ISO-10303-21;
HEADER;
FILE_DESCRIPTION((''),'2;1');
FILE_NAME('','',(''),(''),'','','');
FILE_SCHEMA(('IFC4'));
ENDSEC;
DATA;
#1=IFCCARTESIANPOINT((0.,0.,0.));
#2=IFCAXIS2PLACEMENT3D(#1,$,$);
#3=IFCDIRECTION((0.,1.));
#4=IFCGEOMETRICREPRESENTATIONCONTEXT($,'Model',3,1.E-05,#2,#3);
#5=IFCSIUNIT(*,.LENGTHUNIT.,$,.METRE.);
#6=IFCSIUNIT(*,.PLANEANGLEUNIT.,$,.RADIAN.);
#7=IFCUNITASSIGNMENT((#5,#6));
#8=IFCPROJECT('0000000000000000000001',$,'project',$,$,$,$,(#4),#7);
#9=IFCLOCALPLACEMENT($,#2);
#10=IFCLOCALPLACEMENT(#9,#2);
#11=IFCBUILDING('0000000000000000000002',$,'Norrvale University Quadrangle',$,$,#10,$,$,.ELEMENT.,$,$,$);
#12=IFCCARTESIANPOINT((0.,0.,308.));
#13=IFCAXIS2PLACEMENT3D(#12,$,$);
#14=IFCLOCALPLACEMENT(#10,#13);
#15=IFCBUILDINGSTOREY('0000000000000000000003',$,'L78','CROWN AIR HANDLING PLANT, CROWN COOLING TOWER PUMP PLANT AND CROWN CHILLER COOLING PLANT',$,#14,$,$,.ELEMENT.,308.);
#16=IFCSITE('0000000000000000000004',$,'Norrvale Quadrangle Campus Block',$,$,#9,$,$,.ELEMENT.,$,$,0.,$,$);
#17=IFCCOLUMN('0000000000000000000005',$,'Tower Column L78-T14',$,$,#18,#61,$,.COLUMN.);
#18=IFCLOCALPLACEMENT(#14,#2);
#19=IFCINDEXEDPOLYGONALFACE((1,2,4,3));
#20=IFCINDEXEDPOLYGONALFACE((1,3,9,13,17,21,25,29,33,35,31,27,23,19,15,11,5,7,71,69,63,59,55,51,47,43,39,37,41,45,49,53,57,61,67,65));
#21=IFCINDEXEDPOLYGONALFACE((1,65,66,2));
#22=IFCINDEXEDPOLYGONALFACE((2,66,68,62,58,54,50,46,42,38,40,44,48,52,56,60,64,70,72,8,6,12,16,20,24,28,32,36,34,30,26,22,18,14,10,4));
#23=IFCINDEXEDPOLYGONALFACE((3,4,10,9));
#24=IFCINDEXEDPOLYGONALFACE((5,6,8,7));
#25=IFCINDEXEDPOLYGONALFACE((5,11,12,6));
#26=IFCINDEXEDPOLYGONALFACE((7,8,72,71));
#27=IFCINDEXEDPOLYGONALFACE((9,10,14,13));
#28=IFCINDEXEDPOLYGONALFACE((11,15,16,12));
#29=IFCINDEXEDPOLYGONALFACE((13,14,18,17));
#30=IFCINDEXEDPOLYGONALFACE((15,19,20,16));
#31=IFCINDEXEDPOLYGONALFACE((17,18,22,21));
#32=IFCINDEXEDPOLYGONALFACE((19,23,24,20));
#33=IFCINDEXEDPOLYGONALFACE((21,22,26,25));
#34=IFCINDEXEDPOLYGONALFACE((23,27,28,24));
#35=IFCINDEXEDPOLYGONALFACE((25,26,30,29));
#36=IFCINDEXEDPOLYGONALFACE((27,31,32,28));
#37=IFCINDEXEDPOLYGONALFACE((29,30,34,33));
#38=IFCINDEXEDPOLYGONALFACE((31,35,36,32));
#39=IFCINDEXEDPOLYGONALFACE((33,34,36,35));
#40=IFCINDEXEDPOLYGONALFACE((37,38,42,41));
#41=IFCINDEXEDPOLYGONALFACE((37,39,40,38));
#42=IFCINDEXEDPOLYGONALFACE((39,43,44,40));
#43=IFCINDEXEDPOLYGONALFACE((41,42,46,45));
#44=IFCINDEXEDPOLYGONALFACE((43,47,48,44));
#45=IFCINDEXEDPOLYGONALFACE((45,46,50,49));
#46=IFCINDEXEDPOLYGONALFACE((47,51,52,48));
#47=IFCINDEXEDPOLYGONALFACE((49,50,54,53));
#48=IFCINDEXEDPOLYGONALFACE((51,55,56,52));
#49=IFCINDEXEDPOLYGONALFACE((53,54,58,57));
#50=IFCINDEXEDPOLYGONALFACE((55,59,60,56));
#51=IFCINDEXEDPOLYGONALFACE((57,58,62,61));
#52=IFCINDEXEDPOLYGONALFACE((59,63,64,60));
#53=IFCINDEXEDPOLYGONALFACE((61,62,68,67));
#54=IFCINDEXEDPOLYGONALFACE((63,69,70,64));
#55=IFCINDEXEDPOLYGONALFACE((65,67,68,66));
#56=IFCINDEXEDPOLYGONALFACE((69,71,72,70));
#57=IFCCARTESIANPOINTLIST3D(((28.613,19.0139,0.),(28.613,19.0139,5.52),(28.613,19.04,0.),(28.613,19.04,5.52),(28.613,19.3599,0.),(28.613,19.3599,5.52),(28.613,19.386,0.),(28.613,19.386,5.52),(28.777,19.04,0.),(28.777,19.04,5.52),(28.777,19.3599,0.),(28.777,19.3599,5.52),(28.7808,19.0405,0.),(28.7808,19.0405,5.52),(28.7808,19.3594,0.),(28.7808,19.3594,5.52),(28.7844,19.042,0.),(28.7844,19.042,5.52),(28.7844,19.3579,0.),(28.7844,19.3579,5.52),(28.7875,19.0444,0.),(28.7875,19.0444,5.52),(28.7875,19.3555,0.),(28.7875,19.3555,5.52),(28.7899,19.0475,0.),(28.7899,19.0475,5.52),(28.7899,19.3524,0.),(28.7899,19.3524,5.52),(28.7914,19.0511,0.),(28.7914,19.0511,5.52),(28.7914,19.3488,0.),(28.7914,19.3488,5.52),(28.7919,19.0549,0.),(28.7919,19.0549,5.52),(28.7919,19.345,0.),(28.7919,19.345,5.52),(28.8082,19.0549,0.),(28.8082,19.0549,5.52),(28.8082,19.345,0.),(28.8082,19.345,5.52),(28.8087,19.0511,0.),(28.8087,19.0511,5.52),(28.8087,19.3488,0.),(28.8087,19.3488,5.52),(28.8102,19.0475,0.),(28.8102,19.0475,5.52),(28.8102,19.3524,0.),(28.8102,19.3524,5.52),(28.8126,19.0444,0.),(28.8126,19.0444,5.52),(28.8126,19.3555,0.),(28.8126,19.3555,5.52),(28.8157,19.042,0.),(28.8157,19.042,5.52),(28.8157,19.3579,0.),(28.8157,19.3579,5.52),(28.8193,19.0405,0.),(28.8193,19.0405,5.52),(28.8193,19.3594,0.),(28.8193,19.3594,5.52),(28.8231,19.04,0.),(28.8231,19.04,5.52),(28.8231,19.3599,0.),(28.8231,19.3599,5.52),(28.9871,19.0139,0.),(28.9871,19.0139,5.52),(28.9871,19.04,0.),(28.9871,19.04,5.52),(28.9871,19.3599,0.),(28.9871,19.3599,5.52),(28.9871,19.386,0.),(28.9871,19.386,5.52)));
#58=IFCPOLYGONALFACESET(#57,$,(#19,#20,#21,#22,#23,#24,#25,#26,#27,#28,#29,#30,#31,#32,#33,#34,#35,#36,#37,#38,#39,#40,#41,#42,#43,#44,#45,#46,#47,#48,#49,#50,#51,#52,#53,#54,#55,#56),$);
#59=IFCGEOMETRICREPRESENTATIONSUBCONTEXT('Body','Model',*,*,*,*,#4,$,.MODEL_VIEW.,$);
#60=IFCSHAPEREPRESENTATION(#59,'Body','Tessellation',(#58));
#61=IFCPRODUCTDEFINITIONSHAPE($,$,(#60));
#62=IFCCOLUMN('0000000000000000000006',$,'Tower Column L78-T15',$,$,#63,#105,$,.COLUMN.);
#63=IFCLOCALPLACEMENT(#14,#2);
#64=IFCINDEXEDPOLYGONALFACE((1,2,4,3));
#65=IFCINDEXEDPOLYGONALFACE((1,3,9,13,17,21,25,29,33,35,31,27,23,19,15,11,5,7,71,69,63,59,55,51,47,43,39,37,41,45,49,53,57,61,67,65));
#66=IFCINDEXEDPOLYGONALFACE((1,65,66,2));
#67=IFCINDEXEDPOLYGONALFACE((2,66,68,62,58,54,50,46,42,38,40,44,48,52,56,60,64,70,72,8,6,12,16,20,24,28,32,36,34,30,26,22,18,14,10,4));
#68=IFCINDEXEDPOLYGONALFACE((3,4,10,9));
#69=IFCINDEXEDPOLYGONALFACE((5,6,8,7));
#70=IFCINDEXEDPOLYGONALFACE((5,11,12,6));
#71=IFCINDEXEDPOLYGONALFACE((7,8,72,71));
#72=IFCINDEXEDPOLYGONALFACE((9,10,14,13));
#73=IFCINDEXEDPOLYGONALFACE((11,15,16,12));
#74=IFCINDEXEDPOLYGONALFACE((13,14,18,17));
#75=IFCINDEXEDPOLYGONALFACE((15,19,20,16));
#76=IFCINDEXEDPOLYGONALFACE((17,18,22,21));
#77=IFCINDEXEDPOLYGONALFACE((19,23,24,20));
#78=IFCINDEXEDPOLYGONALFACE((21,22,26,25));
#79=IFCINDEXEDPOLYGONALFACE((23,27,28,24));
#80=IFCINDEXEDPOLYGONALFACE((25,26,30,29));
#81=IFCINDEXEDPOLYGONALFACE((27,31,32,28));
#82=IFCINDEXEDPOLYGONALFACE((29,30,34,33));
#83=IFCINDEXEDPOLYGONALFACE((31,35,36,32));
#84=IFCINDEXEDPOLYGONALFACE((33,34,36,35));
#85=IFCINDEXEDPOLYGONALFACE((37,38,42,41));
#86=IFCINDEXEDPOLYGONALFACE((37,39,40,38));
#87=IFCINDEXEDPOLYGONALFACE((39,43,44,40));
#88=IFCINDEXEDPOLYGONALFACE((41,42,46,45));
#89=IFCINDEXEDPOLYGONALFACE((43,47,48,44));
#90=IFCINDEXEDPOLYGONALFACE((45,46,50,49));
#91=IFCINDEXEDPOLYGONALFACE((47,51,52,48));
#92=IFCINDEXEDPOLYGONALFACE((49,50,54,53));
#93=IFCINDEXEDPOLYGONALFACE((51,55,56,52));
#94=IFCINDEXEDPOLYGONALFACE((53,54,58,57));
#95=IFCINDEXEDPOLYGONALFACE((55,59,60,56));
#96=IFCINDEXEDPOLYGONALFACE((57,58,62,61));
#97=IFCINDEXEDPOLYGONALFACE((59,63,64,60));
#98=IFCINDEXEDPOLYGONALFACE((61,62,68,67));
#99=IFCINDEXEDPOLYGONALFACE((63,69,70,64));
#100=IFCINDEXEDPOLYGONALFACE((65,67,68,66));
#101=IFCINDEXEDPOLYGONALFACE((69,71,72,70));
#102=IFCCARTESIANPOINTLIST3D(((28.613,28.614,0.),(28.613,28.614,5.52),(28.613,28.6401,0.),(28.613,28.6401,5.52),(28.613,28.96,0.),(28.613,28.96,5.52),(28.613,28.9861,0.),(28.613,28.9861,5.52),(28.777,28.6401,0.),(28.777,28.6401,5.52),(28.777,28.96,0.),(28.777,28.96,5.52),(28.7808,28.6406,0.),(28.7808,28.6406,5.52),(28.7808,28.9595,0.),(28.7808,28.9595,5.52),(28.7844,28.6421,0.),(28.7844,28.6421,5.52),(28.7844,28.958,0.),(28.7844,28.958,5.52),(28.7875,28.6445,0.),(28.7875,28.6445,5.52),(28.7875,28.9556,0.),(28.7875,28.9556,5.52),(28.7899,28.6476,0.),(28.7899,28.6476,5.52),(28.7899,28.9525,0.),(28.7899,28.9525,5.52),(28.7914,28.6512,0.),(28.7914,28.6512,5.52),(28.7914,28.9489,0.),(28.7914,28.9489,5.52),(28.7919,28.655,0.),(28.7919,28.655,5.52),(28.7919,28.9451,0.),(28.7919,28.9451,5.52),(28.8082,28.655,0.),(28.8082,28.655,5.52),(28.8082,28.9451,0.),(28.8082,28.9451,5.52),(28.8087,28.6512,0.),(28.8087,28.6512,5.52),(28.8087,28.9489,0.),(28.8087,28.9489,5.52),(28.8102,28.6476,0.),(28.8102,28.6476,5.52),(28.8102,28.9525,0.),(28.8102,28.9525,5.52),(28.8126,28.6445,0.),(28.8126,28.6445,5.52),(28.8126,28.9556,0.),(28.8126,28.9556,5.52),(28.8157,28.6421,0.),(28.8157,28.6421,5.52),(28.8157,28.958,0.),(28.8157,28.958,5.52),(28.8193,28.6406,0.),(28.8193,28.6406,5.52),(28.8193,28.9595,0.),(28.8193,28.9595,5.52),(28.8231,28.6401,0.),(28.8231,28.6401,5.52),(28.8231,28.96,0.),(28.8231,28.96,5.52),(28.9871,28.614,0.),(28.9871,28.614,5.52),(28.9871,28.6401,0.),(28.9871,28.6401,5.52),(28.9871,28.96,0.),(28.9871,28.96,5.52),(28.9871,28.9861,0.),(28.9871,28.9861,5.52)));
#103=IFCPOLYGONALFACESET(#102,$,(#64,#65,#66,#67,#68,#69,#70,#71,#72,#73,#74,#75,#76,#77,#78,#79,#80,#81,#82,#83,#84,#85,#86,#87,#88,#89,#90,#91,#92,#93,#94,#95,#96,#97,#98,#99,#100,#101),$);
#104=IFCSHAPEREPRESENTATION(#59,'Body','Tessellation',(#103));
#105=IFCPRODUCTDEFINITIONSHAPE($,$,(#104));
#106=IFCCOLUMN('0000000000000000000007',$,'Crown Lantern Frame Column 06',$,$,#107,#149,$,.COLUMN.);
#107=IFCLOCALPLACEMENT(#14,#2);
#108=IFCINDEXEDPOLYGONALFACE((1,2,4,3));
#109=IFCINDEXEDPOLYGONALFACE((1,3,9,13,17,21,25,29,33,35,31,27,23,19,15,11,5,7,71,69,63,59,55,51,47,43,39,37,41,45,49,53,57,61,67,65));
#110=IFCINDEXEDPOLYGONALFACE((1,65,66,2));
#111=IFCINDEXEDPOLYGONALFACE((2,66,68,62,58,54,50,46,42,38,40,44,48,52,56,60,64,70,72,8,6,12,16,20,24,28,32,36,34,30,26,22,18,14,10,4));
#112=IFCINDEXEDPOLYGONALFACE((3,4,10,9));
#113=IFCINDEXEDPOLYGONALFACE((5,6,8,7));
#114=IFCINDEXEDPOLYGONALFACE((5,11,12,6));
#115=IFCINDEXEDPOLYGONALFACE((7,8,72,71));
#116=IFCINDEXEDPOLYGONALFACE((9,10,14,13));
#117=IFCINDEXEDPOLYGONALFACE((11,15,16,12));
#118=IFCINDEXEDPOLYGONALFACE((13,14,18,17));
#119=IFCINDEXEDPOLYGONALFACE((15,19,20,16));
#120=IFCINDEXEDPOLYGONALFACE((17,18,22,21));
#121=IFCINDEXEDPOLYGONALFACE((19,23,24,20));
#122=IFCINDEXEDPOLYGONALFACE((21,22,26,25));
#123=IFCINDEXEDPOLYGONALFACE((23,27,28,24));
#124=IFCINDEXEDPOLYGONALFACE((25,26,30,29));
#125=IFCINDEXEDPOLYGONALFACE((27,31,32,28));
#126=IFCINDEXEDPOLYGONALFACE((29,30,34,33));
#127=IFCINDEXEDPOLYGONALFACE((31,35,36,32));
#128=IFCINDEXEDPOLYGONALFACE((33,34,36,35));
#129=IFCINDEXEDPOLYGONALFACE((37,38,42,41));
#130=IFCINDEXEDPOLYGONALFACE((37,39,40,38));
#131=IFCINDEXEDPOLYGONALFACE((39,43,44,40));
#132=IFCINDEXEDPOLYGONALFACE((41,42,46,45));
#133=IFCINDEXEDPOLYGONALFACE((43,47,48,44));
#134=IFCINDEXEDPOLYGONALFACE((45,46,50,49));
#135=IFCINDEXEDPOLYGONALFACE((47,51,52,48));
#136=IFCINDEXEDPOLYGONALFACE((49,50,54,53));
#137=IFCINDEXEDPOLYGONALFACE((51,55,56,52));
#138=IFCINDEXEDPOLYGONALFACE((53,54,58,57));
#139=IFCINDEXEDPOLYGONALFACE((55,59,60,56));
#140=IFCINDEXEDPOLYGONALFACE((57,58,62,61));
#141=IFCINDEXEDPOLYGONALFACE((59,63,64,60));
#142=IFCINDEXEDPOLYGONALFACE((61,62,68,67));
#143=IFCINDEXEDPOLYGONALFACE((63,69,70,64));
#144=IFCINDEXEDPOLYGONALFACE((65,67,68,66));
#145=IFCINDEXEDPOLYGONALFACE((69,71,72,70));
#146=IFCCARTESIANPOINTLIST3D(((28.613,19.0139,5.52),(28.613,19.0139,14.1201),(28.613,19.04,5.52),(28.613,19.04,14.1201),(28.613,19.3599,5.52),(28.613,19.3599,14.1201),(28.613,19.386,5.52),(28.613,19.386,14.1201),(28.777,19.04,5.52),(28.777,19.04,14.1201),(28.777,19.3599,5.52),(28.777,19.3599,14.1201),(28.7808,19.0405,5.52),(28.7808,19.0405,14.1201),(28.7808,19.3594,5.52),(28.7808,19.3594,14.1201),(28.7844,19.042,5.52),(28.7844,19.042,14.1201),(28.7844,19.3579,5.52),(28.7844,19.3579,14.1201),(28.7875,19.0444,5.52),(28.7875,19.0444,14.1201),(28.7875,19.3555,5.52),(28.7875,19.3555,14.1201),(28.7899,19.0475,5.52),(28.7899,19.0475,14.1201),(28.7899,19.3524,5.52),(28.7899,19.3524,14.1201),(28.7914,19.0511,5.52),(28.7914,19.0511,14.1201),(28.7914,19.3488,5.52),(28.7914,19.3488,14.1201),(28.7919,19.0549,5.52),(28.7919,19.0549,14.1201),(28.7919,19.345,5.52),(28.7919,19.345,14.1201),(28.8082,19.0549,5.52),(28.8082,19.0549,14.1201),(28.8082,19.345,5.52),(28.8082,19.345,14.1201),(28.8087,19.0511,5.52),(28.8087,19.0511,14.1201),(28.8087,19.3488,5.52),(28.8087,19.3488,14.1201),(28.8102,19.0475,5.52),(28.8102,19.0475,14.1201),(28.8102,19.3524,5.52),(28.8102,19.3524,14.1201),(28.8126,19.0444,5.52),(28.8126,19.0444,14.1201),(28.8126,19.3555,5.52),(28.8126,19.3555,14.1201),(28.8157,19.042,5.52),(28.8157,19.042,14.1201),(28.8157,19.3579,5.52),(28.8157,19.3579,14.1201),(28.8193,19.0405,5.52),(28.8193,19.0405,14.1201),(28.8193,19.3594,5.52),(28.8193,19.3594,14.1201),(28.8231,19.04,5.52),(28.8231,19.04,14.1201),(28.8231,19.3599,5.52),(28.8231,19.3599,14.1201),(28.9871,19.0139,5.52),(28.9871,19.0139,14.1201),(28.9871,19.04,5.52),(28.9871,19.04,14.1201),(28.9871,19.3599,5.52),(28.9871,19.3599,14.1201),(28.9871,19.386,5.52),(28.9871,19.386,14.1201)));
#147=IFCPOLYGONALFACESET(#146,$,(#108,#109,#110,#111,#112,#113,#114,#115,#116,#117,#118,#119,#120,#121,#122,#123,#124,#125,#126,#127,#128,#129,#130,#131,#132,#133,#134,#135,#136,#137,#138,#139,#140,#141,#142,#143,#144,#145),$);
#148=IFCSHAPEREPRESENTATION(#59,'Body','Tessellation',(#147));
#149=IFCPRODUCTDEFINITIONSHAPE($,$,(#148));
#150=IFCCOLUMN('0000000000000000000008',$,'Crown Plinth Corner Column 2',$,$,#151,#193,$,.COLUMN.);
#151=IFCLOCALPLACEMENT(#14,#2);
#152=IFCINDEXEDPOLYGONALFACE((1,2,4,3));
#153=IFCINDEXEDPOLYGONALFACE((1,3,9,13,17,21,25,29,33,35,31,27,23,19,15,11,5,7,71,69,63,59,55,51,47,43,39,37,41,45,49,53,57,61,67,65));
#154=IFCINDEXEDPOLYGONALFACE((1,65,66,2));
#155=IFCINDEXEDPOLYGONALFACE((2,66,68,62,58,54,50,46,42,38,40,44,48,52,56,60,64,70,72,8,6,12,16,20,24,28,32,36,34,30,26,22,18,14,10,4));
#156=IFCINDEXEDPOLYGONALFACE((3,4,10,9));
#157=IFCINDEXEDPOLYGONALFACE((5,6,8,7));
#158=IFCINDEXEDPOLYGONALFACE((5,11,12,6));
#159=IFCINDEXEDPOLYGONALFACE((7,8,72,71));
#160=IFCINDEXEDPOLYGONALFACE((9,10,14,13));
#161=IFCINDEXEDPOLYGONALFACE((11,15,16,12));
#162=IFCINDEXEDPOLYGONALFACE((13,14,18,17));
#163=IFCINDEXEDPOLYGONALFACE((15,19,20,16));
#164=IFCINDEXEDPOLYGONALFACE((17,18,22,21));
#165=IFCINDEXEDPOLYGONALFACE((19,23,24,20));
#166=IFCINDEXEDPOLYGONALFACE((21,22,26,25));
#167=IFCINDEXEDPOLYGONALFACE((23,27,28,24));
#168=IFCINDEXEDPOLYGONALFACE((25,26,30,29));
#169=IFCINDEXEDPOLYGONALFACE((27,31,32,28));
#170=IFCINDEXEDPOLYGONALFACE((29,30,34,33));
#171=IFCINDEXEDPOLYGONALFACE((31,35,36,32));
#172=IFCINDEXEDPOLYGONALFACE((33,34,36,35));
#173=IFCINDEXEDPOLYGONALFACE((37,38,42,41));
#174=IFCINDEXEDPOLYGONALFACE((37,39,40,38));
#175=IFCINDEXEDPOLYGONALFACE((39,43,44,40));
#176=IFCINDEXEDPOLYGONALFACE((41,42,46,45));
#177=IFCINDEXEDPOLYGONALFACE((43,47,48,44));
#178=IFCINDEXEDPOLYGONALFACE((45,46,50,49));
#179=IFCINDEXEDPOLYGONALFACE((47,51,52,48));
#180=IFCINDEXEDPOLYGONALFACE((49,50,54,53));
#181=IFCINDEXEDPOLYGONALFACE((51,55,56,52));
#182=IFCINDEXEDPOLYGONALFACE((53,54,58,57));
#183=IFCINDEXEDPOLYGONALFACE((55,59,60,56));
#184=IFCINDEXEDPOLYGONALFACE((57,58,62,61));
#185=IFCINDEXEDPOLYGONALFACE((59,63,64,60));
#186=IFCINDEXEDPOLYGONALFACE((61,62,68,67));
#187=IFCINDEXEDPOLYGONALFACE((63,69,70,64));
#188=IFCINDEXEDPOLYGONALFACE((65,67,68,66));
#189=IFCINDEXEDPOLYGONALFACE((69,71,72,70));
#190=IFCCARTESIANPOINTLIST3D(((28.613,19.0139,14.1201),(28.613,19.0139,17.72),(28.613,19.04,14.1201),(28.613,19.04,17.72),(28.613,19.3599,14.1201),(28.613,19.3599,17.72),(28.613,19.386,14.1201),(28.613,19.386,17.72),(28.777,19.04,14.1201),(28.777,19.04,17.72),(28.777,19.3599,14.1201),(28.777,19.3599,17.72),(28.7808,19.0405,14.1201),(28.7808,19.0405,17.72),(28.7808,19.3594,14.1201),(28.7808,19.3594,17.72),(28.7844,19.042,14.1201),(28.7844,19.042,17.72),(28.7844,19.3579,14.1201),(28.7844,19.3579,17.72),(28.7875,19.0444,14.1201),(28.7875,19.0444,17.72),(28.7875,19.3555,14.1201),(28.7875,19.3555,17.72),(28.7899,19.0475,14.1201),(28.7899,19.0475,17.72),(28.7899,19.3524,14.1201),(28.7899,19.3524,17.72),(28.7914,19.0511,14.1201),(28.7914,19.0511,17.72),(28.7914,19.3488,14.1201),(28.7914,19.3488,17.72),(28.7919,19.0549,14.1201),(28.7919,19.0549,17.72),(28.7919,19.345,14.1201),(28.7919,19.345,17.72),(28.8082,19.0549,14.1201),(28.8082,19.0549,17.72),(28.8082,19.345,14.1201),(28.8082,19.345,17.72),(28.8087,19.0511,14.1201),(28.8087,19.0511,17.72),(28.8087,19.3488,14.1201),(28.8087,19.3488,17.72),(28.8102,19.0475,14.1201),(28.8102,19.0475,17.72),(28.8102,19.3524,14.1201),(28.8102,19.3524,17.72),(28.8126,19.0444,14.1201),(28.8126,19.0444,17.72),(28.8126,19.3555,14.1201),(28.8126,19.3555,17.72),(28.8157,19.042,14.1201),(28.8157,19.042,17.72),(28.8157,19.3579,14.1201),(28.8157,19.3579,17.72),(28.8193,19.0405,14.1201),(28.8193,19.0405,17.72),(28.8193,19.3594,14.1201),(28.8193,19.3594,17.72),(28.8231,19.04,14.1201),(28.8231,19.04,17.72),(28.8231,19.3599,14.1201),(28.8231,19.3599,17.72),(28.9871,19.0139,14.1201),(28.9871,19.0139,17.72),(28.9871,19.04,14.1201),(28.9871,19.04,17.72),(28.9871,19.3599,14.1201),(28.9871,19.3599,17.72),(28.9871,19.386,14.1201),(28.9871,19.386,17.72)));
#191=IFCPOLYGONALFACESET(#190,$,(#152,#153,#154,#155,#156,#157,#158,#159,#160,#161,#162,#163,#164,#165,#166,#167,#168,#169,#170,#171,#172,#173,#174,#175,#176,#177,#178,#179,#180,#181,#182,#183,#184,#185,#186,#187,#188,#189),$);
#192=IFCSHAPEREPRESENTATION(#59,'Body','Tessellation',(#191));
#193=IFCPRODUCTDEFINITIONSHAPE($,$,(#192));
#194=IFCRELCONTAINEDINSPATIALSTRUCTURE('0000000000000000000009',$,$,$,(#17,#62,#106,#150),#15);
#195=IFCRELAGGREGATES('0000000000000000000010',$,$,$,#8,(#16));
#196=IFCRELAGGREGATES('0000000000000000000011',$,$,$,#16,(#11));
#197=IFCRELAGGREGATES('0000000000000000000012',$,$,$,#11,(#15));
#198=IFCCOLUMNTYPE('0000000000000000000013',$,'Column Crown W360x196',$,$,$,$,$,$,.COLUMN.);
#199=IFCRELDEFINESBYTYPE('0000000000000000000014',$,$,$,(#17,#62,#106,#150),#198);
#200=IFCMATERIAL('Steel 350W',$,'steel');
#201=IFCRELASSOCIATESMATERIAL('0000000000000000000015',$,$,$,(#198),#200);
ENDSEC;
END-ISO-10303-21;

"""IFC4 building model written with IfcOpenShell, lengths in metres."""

from ifc_helpers import new_model, si_unit, direction, frame, origin, origin_2d, place, context, subcontext, project, spatial, i_section, extrude, material, material_profile, profile_set, type_object, element, save


model = new_model("IFC4")

# Units and contexts
model_context = context("Model", 3, precision=1e-05, world=origin(), true_north=direction((0.0, 1.0)))
body_context = subcontext(model_context, "Body", "Model", "MODEL_VIEW")
ifc_project = project(units=[si_unit("LENGTHUNIT", "METRE"), si_unit("PLANEANGLEUNIT", "RADIAN")], contexts=[model_context])

# Site, building, storey
site_placement = place(None, origin())
site = spatial("IfcSite", under=ifc_project, at=site_placement, Name="Norrvale Quadrangle Campus Block", CompositionType="ELEMENT", RefElevation=0.0)
building_placement = place(site_placement, origin())
building = spatial("IfcBuilding", under=site, at=building_placement, Name="Norrvale University Quadrangle", CompositionType="ELEMENT")
storey_placement = place(building_placement, frame((0.0, 0.0, 308.0)))
storey = spatial("IfcBuildingStorey", under=building, at=storey_placement, Name="L78", Description="CROWN AIR HANDLING PLANT, CROWN COOLING TOWER PUMP PLANT AND CROWN CHILLER COOLING PLANT", CompositionType="ELEMENT", Elevation=308.0)

# Columns
ifc_material_1 = material(Name="Steel 350W", Category="steel")
ifc_material_profile_1 = material_profile(ifc_material_1, i_section(OverallWidth=0.374, OverallDepth=0.3721, WebThickness=0.0164, FlangeThickness=0.0261, FilletRadius=0.0149, at=origin_2d()), Name="Steel 350W")
ifc_profile_set_1 = profile_set([ifc_material_profile_1], Name="Steel 350W")
column_type = type_object("IfcColumnType", Name="Column Crown W360x196", PredefinedType="COLUMN", material=ifc_profile_set_1)
for number, where, z_axis, x_axis, name in (
    (1, (28.8, 19.2, 0.0), (0.0, 0.0, 1.0), (1.0, 0.0, 0.0), "Tower Column L78-T14"),
    (2, (28.8, 28.8, 0.0), (0.0, 0.0, 1.0), (1.0, 0.0, 0.0), "Tower Column L78-T15"),
):
    element("IfcColumn", number, at=place(storey_placement, frame(where, z_axis=z_axis, x_axis=x_axis)), inside=storey, type_object=column_type, Name=name, PredefinedType="COLUMN", context=body_context, shape_type="SweptSolid", body=[
        extrude(i_section(OverallWidth=0.374, OverallDepth=0.3721, WebThickness=0.0164, FlangeThickness=0.0261, FilletRadius=0.0149, at=origin_2d()), origin(), (0.0, 0.0, 1.0), 5.52),
    ])
column_1_placement = place(storey_placement, frame((28.8, 19.2, 5.52), z_axis=(0.0, 0.0, 1.0), x_axis=(1.0, 0.0, 0.0)))
element("IfcColumn", 3, at=column_1_placement, inside=storey, type_object=column_type, Name="Crown Lantern Frame Column 06", PredefinedType="COLUMN", context=body_context, shape_type="SweptSolid", body=[
    extrude(i_section(OverallWidth=0.374, OverallDepth=0.3721, WebThickness=0.0164, FlangeThickness=0.0261, FilletRadius=0.0149, at=origin_2d()), origin(), (0.0, 0.0, 1.0), 8.6001),
])
column_2_placement = place(storey_placement, frame((28.8, 19.2, 14.1201), z_axis=(0.0, 0.0, 1.0), x_axis=(1.0, 0.0, 0.0)))
element("IfcColumn", 4, at=column_2_placement, inside=storey, type_object=column_type, Name="Crown Plinth Corner Column 2", PredefinedType="COLUMN", context=body_context, shape_type="SweptSolid", body=[
    extrude(i_section(OverallWidth=0.374, OverallDepth=0.3721, WebThickness=0.0164, FlangeThickness=0.0261, FilletRadius=0.0149, at=origin_2d()), origin(), (0.0, 0.0, 1.0), 3.5999),
])

save(model, "model.ifc")
